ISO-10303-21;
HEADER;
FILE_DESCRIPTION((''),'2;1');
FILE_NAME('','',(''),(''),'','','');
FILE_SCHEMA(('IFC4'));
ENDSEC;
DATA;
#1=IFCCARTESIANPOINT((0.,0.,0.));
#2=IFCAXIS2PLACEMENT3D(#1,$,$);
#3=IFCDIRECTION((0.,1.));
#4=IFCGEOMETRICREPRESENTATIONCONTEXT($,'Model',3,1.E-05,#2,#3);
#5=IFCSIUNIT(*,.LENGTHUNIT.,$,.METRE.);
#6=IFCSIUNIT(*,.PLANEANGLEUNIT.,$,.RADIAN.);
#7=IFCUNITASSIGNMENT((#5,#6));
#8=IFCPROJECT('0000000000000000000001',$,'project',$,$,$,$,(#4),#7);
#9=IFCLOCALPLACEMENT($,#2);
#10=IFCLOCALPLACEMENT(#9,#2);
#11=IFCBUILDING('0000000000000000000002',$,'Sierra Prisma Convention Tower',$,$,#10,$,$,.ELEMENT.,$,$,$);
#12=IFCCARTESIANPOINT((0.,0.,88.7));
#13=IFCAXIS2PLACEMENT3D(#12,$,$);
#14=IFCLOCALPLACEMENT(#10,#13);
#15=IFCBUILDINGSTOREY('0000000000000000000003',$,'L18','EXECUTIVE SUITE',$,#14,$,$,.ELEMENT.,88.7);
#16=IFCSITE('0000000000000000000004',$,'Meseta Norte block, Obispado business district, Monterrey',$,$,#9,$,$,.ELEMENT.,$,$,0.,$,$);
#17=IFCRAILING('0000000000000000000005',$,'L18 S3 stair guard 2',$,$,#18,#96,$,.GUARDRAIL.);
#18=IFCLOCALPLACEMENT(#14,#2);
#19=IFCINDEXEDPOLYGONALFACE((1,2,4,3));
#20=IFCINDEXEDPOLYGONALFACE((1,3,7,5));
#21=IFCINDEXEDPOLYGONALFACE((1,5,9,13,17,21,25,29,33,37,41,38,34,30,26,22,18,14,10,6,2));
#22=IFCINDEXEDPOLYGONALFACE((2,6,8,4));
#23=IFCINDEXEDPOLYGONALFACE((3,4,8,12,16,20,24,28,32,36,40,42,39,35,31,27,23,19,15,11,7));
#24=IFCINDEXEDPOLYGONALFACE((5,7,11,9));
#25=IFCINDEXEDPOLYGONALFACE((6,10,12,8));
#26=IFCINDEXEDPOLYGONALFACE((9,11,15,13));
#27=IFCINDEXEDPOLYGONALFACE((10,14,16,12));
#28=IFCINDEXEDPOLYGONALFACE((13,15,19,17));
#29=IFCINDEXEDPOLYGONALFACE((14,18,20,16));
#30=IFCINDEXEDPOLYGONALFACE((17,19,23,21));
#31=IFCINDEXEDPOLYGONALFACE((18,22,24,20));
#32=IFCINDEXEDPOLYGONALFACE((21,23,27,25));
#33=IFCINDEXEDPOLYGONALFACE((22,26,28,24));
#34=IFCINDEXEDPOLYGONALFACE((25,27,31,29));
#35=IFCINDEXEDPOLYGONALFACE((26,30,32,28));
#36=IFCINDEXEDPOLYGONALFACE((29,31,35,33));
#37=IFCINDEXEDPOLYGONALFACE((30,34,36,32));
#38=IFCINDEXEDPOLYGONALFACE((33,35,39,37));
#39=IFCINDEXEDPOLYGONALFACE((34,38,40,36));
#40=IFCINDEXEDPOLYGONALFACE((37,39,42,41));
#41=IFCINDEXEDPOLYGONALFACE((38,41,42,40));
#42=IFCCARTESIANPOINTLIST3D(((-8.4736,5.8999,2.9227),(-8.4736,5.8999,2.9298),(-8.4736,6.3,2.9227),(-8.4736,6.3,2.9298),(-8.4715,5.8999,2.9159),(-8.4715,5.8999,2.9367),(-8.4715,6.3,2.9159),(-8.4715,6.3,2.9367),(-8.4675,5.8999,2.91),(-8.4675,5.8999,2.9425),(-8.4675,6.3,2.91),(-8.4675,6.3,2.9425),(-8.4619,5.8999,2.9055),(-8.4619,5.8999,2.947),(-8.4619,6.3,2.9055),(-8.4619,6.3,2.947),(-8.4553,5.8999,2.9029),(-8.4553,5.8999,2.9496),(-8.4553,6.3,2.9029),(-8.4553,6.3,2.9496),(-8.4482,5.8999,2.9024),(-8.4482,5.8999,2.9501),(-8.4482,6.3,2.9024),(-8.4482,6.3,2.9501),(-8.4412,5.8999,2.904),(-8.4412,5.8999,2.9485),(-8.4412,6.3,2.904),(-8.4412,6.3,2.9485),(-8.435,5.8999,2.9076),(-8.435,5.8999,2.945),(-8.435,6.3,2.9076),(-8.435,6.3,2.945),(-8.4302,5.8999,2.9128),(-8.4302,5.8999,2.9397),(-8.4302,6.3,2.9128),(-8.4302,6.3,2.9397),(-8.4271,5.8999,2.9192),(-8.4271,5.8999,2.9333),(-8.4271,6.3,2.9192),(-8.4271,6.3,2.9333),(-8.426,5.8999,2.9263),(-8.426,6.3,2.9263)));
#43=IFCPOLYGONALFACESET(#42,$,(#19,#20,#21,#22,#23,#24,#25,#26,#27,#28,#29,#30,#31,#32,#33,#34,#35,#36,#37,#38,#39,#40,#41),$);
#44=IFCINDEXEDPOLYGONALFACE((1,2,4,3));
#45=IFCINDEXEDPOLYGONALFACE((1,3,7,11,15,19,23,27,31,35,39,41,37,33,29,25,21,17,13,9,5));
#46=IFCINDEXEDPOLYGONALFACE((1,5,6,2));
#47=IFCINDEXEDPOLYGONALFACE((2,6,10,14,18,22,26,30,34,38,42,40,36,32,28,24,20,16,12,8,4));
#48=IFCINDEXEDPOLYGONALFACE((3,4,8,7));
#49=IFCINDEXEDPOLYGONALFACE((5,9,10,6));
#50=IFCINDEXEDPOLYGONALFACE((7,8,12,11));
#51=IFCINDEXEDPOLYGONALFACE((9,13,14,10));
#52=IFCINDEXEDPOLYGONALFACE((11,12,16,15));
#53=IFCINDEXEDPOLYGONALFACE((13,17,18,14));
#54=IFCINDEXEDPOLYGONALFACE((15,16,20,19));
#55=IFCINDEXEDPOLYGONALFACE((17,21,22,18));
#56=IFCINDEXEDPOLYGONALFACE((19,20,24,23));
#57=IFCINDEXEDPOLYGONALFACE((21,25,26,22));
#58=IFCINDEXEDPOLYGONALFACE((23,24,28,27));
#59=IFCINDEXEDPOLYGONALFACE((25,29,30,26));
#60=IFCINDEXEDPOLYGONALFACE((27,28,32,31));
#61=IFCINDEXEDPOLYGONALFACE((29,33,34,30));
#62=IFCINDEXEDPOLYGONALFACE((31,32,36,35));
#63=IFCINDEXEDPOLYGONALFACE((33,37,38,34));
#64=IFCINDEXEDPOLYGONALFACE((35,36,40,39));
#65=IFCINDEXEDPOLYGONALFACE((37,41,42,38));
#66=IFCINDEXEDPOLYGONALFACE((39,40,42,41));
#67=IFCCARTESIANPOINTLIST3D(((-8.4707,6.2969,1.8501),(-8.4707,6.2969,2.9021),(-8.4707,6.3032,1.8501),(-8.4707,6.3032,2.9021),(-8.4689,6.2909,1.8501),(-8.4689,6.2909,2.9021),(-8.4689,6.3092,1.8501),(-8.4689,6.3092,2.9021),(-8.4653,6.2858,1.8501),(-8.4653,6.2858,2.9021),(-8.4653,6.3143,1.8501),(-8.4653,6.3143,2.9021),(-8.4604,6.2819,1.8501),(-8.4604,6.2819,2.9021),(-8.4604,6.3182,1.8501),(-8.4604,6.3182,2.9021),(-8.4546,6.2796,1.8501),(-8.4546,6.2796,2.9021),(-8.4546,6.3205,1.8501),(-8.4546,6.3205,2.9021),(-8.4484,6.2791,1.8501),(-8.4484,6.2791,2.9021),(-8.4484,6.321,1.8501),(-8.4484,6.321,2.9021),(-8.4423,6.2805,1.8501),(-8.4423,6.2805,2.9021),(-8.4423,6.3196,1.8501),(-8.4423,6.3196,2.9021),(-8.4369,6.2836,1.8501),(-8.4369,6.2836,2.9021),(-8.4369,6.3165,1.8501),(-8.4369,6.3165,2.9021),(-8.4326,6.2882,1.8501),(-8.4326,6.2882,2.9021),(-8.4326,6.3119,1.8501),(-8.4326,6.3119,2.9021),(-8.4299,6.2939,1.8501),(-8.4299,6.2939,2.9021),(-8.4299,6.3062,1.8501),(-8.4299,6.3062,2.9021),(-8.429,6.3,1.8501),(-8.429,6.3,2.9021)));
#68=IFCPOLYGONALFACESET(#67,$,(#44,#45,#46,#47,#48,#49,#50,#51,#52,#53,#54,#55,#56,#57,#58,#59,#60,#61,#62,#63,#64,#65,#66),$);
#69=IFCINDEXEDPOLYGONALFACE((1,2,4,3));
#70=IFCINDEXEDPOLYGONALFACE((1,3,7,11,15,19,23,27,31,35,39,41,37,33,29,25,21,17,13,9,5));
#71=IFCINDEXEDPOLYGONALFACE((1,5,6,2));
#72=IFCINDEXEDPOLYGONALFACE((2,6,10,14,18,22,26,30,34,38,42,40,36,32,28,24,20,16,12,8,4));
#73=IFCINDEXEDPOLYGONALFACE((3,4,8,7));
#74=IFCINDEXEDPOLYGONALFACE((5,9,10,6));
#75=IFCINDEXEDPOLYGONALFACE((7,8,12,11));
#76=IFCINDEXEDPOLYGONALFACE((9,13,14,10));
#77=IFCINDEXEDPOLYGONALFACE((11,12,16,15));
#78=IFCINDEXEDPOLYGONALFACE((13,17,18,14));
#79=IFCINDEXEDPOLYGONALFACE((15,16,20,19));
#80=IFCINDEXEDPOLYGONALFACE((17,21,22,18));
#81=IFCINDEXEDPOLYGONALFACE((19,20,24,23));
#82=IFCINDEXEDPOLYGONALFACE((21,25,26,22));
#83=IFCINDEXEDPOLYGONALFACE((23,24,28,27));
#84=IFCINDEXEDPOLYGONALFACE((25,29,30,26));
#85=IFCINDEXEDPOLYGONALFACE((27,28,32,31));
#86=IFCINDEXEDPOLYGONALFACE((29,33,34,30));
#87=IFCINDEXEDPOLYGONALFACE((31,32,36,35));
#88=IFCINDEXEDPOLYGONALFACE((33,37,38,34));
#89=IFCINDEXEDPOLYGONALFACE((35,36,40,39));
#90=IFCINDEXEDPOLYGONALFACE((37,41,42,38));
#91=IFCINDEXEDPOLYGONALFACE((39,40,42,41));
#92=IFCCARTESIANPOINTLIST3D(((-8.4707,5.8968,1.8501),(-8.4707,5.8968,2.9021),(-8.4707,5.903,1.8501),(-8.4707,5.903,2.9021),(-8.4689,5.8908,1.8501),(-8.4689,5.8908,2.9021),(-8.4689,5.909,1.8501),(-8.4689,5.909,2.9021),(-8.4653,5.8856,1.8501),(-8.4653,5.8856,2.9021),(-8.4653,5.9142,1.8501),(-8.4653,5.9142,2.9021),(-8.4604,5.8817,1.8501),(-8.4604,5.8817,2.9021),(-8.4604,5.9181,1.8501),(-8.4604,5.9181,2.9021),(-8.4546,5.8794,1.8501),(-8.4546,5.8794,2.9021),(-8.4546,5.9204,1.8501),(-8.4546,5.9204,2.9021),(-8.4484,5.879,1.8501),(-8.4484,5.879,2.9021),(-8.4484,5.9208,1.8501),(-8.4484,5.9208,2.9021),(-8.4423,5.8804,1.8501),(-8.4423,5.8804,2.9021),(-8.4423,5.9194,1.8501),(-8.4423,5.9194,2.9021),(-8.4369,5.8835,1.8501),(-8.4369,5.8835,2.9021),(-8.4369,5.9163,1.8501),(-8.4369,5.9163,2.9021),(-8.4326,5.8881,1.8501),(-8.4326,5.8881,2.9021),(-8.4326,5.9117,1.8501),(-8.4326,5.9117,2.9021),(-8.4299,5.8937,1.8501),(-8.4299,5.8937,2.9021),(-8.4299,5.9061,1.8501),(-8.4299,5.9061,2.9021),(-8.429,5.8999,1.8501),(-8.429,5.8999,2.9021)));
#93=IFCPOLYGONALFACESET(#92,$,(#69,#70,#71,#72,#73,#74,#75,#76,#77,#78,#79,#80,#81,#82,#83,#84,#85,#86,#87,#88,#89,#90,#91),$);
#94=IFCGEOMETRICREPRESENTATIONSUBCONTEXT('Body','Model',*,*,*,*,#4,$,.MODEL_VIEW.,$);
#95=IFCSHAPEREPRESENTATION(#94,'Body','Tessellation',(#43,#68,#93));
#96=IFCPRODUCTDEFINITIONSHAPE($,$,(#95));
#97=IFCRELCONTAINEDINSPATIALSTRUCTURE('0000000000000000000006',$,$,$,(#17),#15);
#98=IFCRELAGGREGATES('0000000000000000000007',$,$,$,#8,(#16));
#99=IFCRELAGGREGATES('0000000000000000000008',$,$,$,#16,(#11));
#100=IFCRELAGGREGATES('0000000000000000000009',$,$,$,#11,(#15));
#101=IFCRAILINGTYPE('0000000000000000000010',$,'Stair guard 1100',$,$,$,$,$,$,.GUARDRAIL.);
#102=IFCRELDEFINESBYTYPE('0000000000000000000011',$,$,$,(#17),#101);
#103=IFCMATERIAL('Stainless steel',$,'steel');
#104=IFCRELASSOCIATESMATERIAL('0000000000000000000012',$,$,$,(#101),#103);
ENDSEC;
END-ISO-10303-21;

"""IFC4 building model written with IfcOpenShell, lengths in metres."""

from ifc_helpers import new_model, si_unit, direction, frame, origin, origin_2d, place, context, subcontext, project, spatial, circle, extrude, material, type_object, element, save


model = new_model("IFC4")

# Units and contexts
model_context = context("Model", 3, precision=1e-05, world=origin(), true_north=direction((0.0, 1.0)))
body_context = subcontext(model_context, "Body", "Model", "MODEL_VIEW")
ifc_project = project(units=[si_unit("LENGTHUNIT", "METRE"), si_unit("PLANEANGLEUNIT", "RADIAN")], contexts=[model_context])

# Site, building, storey
site_placement = place(None, origin())
site = spatial("IfcSite", under=ifc_project, at=site_placement, Name="Meseta Norte block, Obispado business district, Monterrey", CompositionType="ELEMENT", RefElevation=0.0)
building_placement = place(site_placement, origin())
building = spatial("IfcBuilding", under=site, at=building_placement, Name="Sierra Prisma Convention Tower", CompositionType="ELEMENT")
storey_placement = place(building_placement, frame((0.0, 0.0, 88.7)))
storey = spatial("IfcBuildingStorey", under=building, at=storey_placement, Name="L18", Description="EXECUTIVE SUITE", CompositionType="ELEMENT", Elevation=88.7)

# Railing
ifc_material_1 = material(Name="Stainless steel", Category="steel")
railing_type_1 = type_object("IfcRailingType", Name="Stair guard 1100", PredefinedType="GUARDRAIL", material=ifc_material_1)
railing_1_placement = place(storey_placement, frame((-8.45, 6.3, 1.8501)))
element("IfcRailing", 1, at=railing_1_placement, inside=storey, type_object=railing_type_1, Name="L18 S3 stair guard 2", PredefinedType="GUARDRAIL", context=body_context, shape_type="SweptSolid", body=[
    extrude(circle(Radius=0.0239, at=origin_2d()), frame((0.0, 0.0, 1.0762), z_axis=(0.0, -1.0, 0.0), x_axis=(1.0, 0.0, 0.0)), (0.0, 0.0, 1.0), 0.4001),
    extrude(circle(Radius=0.021, at=origin_2d()), origin(), (0.0, 0.0, 1.0), 1.052),
    extrude(circle(Radius=0.021, at=origin_2d()), frame((0.0, -0.4001, 0.0)), (0.0, 0.0, 1.0), 1.052),
])

save(model, "model.ifc")
